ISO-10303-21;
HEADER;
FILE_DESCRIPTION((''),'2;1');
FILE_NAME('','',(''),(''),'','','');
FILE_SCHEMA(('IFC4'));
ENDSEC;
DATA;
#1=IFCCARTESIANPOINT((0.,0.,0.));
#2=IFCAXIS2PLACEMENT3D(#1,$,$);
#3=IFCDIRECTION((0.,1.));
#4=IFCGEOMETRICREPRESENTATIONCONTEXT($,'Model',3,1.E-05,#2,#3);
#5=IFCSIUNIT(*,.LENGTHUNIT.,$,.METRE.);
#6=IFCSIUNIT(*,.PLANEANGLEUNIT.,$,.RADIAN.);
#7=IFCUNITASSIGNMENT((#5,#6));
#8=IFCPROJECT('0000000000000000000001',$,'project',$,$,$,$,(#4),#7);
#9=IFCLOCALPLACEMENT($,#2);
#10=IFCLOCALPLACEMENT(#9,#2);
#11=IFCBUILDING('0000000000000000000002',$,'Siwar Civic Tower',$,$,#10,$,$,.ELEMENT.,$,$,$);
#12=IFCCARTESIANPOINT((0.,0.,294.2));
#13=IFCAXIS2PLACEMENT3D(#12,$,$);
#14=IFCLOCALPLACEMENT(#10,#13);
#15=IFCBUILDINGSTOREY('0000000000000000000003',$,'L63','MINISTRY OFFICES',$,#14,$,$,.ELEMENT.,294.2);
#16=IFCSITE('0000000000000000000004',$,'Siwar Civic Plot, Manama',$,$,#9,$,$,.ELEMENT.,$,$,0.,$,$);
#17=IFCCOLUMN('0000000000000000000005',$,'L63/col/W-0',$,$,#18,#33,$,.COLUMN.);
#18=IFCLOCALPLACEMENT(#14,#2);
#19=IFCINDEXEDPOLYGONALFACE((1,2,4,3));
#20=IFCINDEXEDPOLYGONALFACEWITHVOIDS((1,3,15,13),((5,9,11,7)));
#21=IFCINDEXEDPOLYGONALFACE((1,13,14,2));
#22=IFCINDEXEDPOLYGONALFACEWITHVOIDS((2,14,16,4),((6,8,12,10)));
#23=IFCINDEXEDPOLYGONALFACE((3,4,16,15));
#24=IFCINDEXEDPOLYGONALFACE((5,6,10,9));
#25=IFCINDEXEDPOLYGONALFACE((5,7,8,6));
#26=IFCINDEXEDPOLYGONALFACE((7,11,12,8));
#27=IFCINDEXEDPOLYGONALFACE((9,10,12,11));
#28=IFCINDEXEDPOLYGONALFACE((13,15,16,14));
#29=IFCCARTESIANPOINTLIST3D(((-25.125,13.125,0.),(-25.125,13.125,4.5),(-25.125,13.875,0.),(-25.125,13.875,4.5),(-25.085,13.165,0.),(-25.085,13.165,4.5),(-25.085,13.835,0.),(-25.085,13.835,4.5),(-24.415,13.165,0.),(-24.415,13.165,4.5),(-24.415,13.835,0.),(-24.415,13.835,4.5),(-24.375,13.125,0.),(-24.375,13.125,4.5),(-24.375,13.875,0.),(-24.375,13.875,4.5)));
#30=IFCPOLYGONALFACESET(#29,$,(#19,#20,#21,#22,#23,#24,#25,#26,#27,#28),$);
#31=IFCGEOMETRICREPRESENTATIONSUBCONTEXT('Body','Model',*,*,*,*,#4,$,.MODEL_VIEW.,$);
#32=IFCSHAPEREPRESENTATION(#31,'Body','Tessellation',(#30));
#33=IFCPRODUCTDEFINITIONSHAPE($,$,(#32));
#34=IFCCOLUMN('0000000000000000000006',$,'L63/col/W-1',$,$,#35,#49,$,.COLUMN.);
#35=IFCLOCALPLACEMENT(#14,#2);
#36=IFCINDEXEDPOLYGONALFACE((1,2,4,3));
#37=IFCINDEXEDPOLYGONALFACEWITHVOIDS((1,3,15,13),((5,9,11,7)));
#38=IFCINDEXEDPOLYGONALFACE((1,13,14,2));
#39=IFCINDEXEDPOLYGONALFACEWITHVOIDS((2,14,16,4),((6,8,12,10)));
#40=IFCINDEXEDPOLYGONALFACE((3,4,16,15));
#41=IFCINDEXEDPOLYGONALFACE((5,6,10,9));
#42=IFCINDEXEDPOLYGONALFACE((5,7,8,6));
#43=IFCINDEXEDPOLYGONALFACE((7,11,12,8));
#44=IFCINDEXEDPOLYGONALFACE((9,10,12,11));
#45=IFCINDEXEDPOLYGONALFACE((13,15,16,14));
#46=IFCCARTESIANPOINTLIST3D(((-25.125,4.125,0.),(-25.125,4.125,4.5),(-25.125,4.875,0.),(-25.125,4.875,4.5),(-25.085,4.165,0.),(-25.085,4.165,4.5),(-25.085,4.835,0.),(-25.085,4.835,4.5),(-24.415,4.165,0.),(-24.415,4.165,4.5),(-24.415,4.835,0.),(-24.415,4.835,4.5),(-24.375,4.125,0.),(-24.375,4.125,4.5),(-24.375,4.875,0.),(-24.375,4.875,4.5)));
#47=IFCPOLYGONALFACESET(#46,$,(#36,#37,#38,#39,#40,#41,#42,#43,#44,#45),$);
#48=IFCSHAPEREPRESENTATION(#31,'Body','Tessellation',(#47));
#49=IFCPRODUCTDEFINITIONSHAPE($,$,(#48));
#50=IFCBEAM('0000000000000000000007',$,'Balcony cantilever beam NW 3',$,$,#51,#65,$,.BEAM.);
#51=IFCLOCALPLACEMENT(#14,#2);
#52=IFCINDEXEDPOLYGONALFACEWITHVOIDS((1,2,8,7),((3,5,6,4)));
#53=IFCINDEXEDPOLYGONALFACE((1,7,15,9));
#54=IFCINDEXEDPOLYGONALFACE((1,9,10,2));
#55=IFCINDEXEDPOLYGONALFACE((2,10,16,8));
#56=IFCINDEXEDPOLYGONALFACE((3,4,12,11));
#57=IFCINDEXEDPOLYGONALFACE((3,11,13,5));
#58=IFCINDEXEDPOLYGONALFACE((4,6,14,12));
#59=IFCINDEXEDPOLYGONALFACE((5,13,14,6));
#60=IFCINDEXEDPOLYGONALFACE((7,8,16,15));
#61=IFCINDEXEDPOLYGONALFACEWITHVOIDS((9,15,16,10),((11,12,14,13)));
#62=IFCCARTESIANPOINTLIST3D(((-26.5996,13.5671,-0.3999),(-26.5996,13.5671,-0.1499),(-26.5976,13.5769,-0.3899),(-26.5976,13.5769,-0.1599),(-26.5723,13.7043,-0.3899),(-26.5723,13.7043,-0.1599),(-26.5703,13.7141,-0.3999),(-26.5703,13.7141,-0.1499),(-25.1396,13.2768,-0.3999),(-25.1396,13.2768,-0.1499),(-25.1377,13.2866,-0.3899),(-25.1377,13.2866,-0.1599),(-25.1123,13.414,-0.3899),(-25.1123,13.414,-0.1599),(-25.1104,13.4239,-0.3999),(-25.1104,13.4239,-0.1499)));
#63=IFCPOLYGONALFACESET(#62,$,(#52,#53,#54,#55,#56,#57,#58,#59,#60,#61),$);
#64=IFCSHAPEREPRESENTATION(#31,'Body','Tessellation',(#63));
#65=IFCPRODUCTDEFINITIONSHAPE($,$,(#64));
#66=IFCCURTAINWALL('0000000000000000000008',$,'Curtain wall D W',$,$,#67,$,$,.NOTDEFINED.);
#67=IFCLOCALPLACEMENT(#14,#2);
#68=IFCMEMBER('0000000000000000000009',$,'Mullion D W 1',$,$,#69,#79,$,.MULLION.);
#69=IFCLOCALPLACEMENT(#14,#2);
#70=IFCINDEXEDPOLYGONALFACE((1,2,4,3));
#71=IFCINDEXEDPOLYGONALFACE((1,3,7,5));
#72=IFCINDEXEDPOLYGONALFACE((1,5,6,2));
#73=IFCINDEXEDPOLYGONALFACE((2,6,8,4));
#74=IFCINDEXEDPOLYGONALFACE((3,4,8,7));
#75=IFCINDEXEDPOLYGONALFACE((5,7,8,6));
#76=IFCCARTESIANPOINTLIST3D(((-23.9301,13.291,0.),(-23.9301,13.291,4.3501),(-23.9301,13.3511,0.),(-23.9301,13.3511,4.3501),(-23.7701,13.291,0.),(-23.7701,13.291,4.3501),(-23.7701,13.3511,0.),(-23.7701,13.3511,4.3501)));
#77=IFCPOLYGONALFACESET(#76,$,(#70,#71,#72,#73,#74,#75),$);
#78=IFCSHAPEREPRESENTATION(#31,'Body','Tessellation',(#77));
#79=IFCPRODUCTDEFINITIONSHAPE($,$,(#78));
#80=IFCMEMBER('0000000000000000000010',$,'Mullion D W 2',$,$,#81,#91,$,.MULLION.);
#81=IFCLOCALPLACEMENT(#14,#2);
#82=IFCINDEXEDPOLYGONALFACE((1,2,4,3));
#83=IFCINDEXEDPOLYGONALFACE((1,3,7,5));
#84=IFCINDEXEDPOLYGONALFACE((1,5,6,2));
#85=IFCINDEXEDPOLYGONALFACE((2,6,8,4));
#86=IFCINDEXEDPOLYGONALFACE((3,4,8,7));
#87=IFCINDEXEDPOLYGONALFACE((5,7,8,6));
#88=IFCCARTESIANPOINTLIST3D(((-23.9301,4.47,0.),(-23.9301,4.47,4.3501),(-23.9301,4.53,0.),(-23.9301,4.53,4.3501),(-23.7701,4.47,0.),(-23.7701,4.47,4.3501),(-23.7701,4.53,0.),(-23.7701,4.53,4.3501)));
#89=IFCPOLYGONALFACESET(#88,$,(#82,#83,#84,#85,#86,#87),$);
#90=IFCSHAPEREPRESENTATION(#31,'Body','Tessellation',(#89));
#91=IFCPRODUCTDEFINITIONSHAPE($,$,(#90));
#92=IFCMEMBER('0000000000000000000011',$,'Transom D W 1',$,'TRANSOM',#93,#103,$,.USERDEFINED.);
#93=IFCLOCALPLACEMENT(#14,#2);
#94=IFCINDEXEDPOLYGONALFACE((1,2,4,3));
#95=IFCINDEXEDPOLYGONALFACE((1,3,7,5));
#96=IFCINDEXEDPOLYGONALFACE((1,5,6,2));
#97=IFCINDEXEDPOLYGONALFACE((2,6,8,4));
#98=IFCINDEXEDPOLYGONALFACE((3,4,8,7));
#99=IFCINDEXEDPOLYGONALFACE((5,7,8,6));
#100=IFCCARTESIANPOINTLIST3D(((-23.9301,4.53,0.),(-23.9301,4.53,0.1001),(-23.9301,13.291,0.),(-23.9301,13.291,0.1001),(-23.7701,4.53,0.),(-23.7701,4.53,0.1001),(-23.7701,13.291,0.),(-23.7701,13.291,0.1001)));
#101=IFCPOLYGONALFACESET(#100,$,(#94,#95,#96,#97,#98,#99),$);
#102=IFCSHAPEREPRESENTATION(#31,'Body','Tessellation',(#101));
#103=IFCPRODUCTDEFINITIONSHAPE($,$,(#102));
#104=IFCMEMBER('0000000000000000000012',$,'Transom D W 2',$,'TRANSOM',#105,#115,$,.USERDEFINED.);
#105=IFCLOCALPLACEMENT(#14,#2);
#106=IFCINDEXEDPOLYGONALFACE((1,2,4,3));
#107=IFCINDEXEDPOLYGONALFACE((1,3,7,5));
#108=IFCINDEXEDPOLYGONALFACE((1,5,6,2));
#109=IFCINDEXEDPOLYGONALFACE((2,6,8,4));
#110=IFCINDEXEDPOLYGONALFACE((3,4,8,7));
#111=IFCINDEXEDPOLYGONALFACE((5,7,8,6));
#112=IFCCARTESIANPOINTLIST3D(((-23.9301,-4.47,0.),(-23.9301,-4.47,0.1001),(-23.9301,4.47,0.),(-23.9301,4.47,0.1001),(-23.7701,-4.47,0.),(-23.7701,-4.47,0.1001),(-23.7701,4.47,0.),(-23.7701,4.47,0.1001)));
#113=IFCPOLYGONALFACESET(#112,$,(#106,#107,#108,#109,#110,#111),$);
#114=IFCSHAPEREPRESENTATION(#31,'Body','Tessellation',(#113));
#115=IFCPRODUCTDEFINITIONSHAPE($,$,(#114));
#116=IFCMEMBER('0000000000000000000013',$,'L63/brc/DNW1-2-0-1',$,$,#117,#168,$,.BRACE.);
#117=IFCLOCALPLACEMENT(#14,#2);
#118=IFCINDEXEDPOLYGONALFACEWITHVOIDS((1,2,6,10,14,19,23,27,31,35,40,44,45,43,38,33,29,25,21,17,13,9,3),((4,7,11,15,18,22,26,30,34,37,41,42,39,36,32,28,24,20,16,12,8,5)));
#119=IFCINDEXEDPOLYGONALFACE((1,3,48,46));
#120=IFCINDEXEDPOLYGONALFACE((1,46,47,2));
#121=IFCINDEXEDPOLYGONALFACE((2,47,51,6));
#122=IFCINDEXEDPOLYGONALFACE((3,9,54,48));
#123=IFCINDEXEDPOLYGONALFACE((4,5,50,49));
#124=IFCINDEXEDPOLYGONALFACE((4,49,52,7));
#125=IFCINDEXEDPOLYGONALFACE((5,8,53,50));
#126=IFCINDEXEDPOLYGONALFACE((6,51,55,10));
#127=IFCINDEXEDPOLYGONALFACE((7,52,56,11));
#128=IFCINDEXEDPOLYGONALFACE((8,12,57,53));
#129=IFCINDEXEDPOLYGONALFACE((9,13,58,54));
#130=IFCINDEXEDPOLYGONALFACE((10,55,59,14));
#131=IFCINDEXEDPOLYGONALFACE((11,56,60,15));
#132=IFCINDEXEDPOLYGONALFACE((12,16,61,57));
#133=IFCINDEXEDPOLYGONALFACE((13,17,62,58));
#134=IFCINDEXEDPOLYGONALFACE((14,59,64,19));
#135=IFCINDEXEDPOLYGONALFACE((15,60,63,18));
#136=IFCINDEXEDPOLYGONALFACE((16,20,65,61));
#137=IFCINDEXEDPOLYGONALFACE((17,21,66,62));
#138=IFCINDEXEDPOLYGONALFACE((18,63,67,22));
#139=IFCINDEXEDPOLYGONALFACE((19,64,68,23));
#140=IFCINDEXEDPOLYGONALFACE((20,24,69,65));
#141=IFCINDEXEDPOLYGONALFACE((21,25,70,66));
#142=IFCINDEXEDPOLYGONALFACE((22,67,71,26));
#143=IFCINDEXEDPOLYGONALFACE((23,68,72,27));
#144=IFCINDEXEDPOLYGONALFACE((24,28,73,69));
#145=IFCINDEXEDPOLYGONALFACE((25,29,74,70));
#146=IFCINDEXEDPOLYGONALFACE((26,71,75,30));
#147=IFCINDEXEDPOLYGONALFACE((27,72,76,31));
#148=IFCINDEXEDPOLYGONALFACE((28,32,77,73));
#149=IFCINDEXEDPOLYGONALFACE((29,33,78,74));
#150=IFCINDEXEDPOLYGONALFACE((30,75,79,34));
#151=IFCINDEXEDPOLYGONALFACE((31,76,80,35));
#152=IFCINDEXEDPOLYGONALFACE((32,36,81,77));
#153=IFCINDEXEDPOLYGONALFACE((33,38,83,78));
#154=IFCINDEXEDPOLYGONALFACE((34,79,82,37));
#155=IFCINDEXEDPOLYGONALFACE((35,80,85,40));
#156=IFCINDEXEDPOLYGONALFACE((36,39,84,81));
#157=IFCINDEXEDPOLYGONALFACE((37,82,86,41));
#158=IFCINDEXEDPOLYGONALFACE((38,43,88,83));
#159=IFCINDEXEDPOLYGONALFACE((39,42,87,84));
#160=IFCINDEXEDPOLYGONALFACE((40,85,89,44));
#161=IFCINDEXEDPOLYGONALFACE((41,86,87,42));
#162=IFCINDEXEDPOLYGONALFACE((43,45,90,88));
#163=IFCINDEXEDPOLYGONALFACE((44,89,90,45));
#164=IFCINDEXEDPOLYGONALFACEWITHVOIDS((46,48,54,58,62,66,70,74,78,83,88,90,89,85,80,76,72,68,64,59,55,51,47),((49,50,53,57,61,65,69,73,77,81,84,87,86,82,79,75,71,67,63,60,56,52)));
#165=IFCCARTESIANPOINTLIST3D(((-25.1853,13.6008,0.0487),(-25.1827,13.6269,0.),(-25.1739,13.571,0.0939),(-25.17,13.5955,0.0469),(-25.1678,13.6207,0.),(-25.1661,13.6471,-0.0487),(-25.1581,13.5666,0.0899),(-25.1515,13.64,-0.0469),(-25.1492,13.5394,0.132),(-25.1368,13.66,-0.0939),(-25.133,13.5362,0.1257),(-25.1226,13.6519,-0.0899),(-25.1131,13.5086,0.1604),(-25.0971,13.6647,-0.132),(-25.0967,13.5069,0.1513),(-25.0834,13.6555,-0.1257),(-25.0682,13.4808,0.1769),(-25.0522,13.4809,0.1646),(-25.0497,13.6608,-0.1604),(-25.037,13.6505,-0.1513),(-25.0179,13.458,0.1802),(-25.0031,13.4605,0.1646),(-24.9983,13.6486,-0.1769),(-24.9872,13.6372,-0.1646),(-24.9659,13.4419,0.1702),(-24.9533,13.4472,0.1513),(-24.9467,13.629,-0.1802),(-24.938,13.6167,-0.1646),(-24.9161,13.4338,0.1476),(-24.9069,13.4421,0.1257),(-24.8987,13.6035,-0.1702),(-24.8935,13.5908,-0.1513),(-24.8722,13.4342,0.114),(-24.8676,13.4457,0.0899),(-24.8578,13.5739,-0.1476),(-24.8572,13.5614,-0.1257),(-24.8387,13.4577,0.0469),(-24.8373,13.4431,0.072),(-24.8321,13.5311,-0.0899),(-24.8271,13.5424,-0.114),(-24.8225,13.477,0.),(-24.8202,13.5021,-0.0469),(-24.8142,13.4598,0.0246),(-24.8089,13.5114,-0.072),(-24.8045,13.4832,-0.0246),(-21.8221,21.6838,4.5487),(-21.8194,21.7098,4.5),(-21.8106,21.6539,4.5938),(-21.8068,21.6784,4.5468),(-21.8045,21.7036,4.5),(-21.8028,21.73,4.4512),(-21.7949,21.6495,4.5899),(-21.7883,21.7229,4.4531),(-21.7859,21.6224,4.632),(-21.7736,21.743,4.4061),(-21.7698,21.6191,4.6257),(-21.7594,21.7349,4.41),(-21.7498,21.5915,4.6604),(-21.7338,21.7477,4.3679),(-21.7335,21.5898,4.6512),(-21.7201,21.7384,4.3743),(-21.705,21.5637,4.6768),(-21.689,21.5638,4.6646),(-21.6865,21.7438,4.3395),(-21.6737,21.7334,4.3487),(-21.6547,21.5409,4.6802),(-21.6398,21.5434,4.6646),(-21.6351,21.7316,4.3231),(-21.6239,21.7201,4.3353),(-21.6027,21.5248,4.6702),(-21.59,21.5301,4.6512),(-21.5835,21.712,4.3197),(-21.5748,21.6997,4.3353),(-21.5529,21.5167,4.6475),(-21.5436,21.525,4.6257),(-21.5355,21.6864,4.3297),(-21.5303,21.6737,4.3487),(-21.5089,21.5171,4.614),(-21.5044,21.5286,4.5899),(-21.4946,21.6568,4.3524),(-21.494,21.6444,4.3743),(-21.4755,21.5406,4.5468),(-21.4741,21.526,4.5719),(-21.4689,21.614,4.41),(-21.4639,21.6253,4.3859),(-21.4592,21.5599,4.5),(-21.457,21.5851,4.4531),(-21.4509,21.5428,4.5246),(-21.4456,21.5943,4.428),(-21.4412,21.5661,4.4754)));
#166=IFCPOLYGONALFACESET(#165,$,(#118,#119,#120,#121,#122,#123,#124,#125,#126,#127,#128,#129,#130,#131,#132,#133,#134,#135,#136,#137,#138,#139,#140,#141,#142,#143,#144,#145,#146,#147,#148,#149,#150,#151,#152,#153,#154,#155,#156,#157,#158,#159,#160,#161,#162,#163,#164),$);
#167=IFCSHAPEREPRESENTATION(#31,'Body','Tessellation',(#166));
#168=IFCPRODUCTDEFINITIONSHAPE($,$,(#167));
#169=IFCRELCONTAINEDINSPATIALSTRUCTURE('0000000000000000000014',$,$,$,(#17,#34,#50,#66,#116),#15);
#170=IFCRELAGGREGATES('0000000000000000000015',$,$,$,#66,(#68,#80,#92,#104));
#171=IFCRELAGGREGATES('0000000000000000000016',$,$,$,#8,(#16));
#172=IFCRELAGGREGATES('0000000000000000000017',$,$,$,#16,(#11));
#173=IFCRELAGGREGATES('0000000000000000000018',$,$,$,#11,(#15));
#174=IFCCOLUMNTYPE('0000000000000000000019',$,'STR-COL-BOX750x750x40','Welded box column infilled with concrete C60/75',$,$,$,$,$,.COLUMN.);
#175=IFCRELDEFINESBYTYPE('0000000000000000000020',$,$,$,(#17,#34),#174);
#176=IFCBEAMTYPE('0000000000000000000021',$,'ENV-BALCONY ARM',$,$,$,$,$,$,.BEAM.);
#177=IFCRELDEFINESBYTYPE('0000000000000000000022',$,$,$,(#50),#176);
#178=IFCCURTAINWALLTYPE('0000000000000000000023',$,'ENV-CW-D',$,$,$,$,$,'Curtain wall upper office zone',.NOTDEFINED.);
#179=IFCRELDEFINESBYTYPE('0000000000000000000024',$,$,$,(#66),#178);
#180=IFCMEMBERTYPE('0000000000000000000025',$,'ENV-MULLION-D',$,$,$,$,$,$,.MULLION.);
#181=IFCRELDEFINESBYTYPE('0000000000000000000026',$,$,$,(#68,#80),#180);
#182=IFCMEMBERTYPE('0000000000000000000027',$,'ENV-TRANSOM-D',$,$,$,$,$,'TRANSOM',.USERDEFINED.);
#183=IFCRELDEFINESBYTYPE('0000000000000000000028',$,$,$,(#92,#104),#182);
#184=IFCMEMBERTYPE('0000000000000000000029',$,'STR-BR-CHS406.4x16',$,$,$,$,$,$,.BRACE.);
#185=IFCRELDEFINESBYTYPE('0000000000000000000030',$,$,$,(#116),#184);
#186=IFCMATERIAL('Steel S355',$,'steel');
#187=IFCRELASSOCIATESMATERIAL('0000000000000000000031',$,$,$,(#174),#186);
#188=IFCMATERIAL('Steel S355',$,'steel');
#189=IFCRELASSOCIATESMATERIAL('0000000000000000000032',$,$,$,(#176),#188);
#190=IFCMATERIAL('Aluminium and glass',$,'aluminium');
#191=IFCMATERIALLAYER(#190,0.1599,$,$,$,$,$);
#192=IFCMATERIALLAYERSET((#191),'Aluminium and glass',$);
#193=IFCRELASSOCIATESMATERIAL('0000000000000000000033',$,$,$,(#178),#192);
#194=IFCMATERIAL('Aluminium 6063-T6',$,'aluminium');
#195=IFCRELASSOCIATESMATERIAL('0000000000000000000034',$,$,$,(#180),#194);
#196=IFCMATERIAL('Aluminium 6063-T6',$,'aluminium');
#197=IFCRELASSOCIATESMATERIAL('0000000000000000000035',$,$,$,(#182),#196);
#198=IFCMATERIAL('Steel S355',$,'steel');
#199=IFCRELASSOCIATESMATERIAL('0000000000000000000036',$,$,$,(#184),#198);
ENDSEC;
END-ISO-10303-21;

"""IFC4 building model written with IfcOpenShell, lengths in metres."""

from ifc_helpers import new_model, si_unit, direction, frame, origin, origin_2d, place, context, subcontext, project, spatial, rectangle, hollow_rectangle, hollow_circle, extrude, material, layer, layer_set, material_profile, profile_set, type_object, element, aggregate, save


model = new_model("IFC4")

# Units and contexts
model_context = context("Model", 3, precision=1e-05, world=origin(), true_north=direction((0.0, 1.0)))
body_context = subcontext(model_context, "Body", "Model", "MODEL_VIEW")
ifc_project = project(units=[si_unit("LENGTHUNIT", "METRE"), si_unit("PLANEANGLEUNIT", "RADIAN")], contexts=[model_context])

# Site, building, storey
site_placement = place(None, origin())
site = spatial("IfcSite", under=ifc_project, at=site_placement, Name="Siwar Civic Plot, Manama", CompositionType="ELEMENT", RefElevation=0.0)
building_placement = place(site_placement, origin())
building = spatial("IfcBuilding", under=site, at=building_placement, Name="Siwar Civic Tower", CompositionType="ELEMENT")
storey_placement = place(building_placement, frame((0.0, 0.0, 294.2)))
storey = spatial("IfcBuildingStorey", under=building, at=storey_placement, Name="L63", Description="MINISTRY OFFICES", CompositionType="ELEMENT", Elevation=294.2)

# Columns
ifc_material_1 = material(Name="Steel S355", Category="steel")
ifc_material_profile_1 = material_profile(ifc_material_1, hollow_rectangle(XDim=0.75, YDim=0.75, WallThickness=0.04, at=origin_2d()), Name="BOX750x750x40")
ifc_profile_set_1 = profile_set([ifc_material_profile_1], Name="Steel S355")
column_type = type_object("IfcColumnType", Name="STR-COL-BOX750x750x40", Description="Welded box column infilled with concrete C60/75", PredefinedType="COLUMN", material=ifc_profile_set_1)
for number, where, z_axis, x_axis, name in (
    (1, (-24.75, 13.5, 0.0), (0.0, 0.0, 1.0), (1.0, 0.0, 0.0), "L63/col/W-0"),
    (2, (-24.75, 4.5, 0.0), (0.0, 0.0, 1.0), (1.0, 0.0, 0.0), "L63/col/W-1"),
):
    element("IfcColumn", number, at=place(storey_placement, frame(where, z_axis=z_axis, x_axis=x_axis)), inside=storey, type_object=column_type, Name=name, PredefinedType="COLUMN", context=body_context, shape_type="SweptSolid", body=[
        extrude(hollow_rectangle(XDim=0.75, YDim=0.75, WallThickness=0.04, at=origin_2d()), origin(), (0.0, 0.0, 1.0), 4.5),
    ])

# Beam
ifc_material_2 = material(Name="Steel S355", Category="steel")
ifc_material_profile_2 = material_profile(ifc_material_2, hollow_rectangle(XDim=0.1499, YDim=0.25, WallThickness=0.01, at=origin_2d()), Name="RHS250x150x10")
ifc_profile_set_2 = profile_set([ifc_material_profile_2], Name="Steel S355")
beam_type_1 = type_object("IfcBeamType", Name="ENV-BALCONY ARM", PredefinedType="BEAM", material=ifc_profile_set_2)
beam_placement = place(storey_placement, frame((-25.125, 13.3503, -0.2749), z_axis=(-0.980801, 0.195012, 0.0), x_axis=(-0.195012, -0.980801, 0.0)))
element("IfcBeam", 3, at=beam_placement, inside=storey, type_object=beam_type_1, Name="Balcony cantilever beam NW 3", PredefinedType="BEAM", context=body_context, shape_type="SweptSolid", body=[
    extrude(hollow_rectangle(XDim=0.1499, YDim=0.25, WallThickness=0.01, at=origin_2d()), origin(), (0.0, 0.0, 1.0), 1.4885),
])

# Curtain wall, members
ifc_material_3 = material(Name="Aluminium and glass", Category="aluminium")
ifc_layer_1 = layer(ifc_material_3, 0.1599)
ifc_layer_set_1 = layer_set([ifc_layer_1], Name="Aluminium and glass")
curtain_wall_type = type_object("IfcCurtainWallType", Name="ENV-CW-D", ElementType="Curtain wall upper office zone", PredefinedType="NOTDEFINED", material=ifc_layer_set_1)
curtain_wall_placement = place(storey_placement, origin())
curtain_wall = element("IfcCurtainWall", 4, at=curtain_wall_placement, inside=storey, type_object=curtain_wall_type, Name="Curtain wall D W", PredefinedType="NOTDEFINED")
ifc_material_4 = material(Name="Aluminium 6063-T6", Category="aluminium")
ifc_material_profile_3 = material_profile(ifc_material_4, rectangle(XDim=0.1599, YDim=0.0601, at=origin_2d()), Name="AL 160x60")
ifc_profile_set_3 = profile_set([ifc_material_profile_3], Name="Aluminium 6063-T6")
member_type_1 = type_object("IfcMemberType", Name="ENV-MULLION-D", PredefinedType="MULLION", material=ifc_profile_set_3)
member_1_placement = place(storey_placement, frame((-23.8501, 13.321, 0.0), z_axis=(0.0, 0.0, 1.0), x_axis=(1.0, 0.0, 0.0)))
member_1 = element("IfcMember", 5, at=member_1_placement, type_object=member_type_1, Name="Mullion D W 1", PredefinedType="MULLION", context=body_context, shape_type="SweptSolid", body=[
    extrude(rectangle(XDim=0.1599, YDim=0.0601, at=origin_2d()), origin(), (0.0, 0.0, 1.0), 4.3501),
])
member_2_placement = place(storey_placement, frame((-23.8501, 4.5, 0.0), z_axis=(0.0, 0.0, 1.0), x_axis=(1.0, 0.0, 0.0)))
member_2 = element("IfcMember", 6, at=member_2_placement, type_object=member_type_1, Name="Mullion D W 2", PredefinedType="MULLION", context=body_context, shape_type="SweptSolid", body=[
    extrude(rectangle(XDim=0.1599, YDim=0.0601, at=origin_2d()), origin(), (0.0, 0.0, 1.0), 4.3501),
])
ifc_material_5 = material(Name="Aluminium 6063-T6", Category="aluminium")
ifc_material_profile_4 = material_profile(ifc_material_5, rectangle(XDim=0.1599, YDim=0.1001, at=origin_2d()), Name="AL 160x100")
ifc_profile_set_4 = profile_set([ifc_material_profile_4], Name="Aluminium 6063-T6")
member_type_2 = type_object("IfcMemberType", Name="ENV-TRANSOM-D", ElementType="TRANSOM", PredefinedType="USERDEFINED", material=ifc_profile_set_4)
member_3_placement = place(storey_placement, frame((-23.8501, 13.291, 0.05), z_axis=(0.0, -1.0, 0.0), x_axis=(1.0, 0.0, 0.0)))
member_3 = element("IfcMember", 7, at=member_3_placement, type_object=member_type_2, Name="Transom D W 1", ObjectType="TRANSOM", PredefinedType="USERDEFINED", context=body_context, shape_type="SweptSolid", body=[
    extrude(rectangle(XDim=0.1599, YDim=0.1001, at=origin_2d()), origin(), (0.0, 0.0, 1.0), 8.761),
])
member_4_placement = place(storey_placement, frame((-23.8501, 4.47, 0.05), z_axis=(0.0, -1.0, 0.0), x_axis=(1.0, 0.0, 0.0)))
member_4 = element("IfcMember", 8, at=member_4_placement, type_object=member_type_2, Name="Transom D W 2", ObjectType="TRANSOM", PredefinedType="USERDEFINED", context=body_context, shape_type="SweptSolid", body=[
    extrude(rectangle(XDim=0.1599, YDim=0.1001, at=origin_2d()), origin(), (0.0, 0.0, 1.0), 8.9399),
])

# Member
ifc_material_6 = material(Name="Steel S355", Category="steel")
ifc_material_profile_5 = material_profile(ifc_material_6, hollow_circle(Radius=0.2031, WallThickness=0.0161, at=origin_2d()), Name="CHS406.4x16")
ifc_profile_set_5 = profile_set([ifc_material_profile_5], Name="Steel S355")
member_type_3 = type_object("IfcMemberType", Name="STR-BR-CHS406.4x16", PredefinedType="BRACE", material=ifc_profile_set_5)
member_5_placement = place(storey_placement, frame((-24.9951, 13.5488, 0.0), z_axis=(0.341671, 0.821143, 0.457149), x_axis=(-0.923265, 0.384164, 0.0)))
element("IfcMember", 9, at=member_5_placement, inside=storey, type_object=member_type_3, Name="L63/brc/DNW1-2-0-1", PredefinedType="BRACE", context=body_context, shape_type="SweptSolid", body=[
    extrude(hollow_circle(Radius=0.2031, WallThickness=0.0161, at=origin_2d()), origin(), (0.0, 0.0, 1.0), 9.8435),
])

aggregate(curtain_wall, [member_1, member_2, member_3, member_4])

save(model, "model.ifc")
